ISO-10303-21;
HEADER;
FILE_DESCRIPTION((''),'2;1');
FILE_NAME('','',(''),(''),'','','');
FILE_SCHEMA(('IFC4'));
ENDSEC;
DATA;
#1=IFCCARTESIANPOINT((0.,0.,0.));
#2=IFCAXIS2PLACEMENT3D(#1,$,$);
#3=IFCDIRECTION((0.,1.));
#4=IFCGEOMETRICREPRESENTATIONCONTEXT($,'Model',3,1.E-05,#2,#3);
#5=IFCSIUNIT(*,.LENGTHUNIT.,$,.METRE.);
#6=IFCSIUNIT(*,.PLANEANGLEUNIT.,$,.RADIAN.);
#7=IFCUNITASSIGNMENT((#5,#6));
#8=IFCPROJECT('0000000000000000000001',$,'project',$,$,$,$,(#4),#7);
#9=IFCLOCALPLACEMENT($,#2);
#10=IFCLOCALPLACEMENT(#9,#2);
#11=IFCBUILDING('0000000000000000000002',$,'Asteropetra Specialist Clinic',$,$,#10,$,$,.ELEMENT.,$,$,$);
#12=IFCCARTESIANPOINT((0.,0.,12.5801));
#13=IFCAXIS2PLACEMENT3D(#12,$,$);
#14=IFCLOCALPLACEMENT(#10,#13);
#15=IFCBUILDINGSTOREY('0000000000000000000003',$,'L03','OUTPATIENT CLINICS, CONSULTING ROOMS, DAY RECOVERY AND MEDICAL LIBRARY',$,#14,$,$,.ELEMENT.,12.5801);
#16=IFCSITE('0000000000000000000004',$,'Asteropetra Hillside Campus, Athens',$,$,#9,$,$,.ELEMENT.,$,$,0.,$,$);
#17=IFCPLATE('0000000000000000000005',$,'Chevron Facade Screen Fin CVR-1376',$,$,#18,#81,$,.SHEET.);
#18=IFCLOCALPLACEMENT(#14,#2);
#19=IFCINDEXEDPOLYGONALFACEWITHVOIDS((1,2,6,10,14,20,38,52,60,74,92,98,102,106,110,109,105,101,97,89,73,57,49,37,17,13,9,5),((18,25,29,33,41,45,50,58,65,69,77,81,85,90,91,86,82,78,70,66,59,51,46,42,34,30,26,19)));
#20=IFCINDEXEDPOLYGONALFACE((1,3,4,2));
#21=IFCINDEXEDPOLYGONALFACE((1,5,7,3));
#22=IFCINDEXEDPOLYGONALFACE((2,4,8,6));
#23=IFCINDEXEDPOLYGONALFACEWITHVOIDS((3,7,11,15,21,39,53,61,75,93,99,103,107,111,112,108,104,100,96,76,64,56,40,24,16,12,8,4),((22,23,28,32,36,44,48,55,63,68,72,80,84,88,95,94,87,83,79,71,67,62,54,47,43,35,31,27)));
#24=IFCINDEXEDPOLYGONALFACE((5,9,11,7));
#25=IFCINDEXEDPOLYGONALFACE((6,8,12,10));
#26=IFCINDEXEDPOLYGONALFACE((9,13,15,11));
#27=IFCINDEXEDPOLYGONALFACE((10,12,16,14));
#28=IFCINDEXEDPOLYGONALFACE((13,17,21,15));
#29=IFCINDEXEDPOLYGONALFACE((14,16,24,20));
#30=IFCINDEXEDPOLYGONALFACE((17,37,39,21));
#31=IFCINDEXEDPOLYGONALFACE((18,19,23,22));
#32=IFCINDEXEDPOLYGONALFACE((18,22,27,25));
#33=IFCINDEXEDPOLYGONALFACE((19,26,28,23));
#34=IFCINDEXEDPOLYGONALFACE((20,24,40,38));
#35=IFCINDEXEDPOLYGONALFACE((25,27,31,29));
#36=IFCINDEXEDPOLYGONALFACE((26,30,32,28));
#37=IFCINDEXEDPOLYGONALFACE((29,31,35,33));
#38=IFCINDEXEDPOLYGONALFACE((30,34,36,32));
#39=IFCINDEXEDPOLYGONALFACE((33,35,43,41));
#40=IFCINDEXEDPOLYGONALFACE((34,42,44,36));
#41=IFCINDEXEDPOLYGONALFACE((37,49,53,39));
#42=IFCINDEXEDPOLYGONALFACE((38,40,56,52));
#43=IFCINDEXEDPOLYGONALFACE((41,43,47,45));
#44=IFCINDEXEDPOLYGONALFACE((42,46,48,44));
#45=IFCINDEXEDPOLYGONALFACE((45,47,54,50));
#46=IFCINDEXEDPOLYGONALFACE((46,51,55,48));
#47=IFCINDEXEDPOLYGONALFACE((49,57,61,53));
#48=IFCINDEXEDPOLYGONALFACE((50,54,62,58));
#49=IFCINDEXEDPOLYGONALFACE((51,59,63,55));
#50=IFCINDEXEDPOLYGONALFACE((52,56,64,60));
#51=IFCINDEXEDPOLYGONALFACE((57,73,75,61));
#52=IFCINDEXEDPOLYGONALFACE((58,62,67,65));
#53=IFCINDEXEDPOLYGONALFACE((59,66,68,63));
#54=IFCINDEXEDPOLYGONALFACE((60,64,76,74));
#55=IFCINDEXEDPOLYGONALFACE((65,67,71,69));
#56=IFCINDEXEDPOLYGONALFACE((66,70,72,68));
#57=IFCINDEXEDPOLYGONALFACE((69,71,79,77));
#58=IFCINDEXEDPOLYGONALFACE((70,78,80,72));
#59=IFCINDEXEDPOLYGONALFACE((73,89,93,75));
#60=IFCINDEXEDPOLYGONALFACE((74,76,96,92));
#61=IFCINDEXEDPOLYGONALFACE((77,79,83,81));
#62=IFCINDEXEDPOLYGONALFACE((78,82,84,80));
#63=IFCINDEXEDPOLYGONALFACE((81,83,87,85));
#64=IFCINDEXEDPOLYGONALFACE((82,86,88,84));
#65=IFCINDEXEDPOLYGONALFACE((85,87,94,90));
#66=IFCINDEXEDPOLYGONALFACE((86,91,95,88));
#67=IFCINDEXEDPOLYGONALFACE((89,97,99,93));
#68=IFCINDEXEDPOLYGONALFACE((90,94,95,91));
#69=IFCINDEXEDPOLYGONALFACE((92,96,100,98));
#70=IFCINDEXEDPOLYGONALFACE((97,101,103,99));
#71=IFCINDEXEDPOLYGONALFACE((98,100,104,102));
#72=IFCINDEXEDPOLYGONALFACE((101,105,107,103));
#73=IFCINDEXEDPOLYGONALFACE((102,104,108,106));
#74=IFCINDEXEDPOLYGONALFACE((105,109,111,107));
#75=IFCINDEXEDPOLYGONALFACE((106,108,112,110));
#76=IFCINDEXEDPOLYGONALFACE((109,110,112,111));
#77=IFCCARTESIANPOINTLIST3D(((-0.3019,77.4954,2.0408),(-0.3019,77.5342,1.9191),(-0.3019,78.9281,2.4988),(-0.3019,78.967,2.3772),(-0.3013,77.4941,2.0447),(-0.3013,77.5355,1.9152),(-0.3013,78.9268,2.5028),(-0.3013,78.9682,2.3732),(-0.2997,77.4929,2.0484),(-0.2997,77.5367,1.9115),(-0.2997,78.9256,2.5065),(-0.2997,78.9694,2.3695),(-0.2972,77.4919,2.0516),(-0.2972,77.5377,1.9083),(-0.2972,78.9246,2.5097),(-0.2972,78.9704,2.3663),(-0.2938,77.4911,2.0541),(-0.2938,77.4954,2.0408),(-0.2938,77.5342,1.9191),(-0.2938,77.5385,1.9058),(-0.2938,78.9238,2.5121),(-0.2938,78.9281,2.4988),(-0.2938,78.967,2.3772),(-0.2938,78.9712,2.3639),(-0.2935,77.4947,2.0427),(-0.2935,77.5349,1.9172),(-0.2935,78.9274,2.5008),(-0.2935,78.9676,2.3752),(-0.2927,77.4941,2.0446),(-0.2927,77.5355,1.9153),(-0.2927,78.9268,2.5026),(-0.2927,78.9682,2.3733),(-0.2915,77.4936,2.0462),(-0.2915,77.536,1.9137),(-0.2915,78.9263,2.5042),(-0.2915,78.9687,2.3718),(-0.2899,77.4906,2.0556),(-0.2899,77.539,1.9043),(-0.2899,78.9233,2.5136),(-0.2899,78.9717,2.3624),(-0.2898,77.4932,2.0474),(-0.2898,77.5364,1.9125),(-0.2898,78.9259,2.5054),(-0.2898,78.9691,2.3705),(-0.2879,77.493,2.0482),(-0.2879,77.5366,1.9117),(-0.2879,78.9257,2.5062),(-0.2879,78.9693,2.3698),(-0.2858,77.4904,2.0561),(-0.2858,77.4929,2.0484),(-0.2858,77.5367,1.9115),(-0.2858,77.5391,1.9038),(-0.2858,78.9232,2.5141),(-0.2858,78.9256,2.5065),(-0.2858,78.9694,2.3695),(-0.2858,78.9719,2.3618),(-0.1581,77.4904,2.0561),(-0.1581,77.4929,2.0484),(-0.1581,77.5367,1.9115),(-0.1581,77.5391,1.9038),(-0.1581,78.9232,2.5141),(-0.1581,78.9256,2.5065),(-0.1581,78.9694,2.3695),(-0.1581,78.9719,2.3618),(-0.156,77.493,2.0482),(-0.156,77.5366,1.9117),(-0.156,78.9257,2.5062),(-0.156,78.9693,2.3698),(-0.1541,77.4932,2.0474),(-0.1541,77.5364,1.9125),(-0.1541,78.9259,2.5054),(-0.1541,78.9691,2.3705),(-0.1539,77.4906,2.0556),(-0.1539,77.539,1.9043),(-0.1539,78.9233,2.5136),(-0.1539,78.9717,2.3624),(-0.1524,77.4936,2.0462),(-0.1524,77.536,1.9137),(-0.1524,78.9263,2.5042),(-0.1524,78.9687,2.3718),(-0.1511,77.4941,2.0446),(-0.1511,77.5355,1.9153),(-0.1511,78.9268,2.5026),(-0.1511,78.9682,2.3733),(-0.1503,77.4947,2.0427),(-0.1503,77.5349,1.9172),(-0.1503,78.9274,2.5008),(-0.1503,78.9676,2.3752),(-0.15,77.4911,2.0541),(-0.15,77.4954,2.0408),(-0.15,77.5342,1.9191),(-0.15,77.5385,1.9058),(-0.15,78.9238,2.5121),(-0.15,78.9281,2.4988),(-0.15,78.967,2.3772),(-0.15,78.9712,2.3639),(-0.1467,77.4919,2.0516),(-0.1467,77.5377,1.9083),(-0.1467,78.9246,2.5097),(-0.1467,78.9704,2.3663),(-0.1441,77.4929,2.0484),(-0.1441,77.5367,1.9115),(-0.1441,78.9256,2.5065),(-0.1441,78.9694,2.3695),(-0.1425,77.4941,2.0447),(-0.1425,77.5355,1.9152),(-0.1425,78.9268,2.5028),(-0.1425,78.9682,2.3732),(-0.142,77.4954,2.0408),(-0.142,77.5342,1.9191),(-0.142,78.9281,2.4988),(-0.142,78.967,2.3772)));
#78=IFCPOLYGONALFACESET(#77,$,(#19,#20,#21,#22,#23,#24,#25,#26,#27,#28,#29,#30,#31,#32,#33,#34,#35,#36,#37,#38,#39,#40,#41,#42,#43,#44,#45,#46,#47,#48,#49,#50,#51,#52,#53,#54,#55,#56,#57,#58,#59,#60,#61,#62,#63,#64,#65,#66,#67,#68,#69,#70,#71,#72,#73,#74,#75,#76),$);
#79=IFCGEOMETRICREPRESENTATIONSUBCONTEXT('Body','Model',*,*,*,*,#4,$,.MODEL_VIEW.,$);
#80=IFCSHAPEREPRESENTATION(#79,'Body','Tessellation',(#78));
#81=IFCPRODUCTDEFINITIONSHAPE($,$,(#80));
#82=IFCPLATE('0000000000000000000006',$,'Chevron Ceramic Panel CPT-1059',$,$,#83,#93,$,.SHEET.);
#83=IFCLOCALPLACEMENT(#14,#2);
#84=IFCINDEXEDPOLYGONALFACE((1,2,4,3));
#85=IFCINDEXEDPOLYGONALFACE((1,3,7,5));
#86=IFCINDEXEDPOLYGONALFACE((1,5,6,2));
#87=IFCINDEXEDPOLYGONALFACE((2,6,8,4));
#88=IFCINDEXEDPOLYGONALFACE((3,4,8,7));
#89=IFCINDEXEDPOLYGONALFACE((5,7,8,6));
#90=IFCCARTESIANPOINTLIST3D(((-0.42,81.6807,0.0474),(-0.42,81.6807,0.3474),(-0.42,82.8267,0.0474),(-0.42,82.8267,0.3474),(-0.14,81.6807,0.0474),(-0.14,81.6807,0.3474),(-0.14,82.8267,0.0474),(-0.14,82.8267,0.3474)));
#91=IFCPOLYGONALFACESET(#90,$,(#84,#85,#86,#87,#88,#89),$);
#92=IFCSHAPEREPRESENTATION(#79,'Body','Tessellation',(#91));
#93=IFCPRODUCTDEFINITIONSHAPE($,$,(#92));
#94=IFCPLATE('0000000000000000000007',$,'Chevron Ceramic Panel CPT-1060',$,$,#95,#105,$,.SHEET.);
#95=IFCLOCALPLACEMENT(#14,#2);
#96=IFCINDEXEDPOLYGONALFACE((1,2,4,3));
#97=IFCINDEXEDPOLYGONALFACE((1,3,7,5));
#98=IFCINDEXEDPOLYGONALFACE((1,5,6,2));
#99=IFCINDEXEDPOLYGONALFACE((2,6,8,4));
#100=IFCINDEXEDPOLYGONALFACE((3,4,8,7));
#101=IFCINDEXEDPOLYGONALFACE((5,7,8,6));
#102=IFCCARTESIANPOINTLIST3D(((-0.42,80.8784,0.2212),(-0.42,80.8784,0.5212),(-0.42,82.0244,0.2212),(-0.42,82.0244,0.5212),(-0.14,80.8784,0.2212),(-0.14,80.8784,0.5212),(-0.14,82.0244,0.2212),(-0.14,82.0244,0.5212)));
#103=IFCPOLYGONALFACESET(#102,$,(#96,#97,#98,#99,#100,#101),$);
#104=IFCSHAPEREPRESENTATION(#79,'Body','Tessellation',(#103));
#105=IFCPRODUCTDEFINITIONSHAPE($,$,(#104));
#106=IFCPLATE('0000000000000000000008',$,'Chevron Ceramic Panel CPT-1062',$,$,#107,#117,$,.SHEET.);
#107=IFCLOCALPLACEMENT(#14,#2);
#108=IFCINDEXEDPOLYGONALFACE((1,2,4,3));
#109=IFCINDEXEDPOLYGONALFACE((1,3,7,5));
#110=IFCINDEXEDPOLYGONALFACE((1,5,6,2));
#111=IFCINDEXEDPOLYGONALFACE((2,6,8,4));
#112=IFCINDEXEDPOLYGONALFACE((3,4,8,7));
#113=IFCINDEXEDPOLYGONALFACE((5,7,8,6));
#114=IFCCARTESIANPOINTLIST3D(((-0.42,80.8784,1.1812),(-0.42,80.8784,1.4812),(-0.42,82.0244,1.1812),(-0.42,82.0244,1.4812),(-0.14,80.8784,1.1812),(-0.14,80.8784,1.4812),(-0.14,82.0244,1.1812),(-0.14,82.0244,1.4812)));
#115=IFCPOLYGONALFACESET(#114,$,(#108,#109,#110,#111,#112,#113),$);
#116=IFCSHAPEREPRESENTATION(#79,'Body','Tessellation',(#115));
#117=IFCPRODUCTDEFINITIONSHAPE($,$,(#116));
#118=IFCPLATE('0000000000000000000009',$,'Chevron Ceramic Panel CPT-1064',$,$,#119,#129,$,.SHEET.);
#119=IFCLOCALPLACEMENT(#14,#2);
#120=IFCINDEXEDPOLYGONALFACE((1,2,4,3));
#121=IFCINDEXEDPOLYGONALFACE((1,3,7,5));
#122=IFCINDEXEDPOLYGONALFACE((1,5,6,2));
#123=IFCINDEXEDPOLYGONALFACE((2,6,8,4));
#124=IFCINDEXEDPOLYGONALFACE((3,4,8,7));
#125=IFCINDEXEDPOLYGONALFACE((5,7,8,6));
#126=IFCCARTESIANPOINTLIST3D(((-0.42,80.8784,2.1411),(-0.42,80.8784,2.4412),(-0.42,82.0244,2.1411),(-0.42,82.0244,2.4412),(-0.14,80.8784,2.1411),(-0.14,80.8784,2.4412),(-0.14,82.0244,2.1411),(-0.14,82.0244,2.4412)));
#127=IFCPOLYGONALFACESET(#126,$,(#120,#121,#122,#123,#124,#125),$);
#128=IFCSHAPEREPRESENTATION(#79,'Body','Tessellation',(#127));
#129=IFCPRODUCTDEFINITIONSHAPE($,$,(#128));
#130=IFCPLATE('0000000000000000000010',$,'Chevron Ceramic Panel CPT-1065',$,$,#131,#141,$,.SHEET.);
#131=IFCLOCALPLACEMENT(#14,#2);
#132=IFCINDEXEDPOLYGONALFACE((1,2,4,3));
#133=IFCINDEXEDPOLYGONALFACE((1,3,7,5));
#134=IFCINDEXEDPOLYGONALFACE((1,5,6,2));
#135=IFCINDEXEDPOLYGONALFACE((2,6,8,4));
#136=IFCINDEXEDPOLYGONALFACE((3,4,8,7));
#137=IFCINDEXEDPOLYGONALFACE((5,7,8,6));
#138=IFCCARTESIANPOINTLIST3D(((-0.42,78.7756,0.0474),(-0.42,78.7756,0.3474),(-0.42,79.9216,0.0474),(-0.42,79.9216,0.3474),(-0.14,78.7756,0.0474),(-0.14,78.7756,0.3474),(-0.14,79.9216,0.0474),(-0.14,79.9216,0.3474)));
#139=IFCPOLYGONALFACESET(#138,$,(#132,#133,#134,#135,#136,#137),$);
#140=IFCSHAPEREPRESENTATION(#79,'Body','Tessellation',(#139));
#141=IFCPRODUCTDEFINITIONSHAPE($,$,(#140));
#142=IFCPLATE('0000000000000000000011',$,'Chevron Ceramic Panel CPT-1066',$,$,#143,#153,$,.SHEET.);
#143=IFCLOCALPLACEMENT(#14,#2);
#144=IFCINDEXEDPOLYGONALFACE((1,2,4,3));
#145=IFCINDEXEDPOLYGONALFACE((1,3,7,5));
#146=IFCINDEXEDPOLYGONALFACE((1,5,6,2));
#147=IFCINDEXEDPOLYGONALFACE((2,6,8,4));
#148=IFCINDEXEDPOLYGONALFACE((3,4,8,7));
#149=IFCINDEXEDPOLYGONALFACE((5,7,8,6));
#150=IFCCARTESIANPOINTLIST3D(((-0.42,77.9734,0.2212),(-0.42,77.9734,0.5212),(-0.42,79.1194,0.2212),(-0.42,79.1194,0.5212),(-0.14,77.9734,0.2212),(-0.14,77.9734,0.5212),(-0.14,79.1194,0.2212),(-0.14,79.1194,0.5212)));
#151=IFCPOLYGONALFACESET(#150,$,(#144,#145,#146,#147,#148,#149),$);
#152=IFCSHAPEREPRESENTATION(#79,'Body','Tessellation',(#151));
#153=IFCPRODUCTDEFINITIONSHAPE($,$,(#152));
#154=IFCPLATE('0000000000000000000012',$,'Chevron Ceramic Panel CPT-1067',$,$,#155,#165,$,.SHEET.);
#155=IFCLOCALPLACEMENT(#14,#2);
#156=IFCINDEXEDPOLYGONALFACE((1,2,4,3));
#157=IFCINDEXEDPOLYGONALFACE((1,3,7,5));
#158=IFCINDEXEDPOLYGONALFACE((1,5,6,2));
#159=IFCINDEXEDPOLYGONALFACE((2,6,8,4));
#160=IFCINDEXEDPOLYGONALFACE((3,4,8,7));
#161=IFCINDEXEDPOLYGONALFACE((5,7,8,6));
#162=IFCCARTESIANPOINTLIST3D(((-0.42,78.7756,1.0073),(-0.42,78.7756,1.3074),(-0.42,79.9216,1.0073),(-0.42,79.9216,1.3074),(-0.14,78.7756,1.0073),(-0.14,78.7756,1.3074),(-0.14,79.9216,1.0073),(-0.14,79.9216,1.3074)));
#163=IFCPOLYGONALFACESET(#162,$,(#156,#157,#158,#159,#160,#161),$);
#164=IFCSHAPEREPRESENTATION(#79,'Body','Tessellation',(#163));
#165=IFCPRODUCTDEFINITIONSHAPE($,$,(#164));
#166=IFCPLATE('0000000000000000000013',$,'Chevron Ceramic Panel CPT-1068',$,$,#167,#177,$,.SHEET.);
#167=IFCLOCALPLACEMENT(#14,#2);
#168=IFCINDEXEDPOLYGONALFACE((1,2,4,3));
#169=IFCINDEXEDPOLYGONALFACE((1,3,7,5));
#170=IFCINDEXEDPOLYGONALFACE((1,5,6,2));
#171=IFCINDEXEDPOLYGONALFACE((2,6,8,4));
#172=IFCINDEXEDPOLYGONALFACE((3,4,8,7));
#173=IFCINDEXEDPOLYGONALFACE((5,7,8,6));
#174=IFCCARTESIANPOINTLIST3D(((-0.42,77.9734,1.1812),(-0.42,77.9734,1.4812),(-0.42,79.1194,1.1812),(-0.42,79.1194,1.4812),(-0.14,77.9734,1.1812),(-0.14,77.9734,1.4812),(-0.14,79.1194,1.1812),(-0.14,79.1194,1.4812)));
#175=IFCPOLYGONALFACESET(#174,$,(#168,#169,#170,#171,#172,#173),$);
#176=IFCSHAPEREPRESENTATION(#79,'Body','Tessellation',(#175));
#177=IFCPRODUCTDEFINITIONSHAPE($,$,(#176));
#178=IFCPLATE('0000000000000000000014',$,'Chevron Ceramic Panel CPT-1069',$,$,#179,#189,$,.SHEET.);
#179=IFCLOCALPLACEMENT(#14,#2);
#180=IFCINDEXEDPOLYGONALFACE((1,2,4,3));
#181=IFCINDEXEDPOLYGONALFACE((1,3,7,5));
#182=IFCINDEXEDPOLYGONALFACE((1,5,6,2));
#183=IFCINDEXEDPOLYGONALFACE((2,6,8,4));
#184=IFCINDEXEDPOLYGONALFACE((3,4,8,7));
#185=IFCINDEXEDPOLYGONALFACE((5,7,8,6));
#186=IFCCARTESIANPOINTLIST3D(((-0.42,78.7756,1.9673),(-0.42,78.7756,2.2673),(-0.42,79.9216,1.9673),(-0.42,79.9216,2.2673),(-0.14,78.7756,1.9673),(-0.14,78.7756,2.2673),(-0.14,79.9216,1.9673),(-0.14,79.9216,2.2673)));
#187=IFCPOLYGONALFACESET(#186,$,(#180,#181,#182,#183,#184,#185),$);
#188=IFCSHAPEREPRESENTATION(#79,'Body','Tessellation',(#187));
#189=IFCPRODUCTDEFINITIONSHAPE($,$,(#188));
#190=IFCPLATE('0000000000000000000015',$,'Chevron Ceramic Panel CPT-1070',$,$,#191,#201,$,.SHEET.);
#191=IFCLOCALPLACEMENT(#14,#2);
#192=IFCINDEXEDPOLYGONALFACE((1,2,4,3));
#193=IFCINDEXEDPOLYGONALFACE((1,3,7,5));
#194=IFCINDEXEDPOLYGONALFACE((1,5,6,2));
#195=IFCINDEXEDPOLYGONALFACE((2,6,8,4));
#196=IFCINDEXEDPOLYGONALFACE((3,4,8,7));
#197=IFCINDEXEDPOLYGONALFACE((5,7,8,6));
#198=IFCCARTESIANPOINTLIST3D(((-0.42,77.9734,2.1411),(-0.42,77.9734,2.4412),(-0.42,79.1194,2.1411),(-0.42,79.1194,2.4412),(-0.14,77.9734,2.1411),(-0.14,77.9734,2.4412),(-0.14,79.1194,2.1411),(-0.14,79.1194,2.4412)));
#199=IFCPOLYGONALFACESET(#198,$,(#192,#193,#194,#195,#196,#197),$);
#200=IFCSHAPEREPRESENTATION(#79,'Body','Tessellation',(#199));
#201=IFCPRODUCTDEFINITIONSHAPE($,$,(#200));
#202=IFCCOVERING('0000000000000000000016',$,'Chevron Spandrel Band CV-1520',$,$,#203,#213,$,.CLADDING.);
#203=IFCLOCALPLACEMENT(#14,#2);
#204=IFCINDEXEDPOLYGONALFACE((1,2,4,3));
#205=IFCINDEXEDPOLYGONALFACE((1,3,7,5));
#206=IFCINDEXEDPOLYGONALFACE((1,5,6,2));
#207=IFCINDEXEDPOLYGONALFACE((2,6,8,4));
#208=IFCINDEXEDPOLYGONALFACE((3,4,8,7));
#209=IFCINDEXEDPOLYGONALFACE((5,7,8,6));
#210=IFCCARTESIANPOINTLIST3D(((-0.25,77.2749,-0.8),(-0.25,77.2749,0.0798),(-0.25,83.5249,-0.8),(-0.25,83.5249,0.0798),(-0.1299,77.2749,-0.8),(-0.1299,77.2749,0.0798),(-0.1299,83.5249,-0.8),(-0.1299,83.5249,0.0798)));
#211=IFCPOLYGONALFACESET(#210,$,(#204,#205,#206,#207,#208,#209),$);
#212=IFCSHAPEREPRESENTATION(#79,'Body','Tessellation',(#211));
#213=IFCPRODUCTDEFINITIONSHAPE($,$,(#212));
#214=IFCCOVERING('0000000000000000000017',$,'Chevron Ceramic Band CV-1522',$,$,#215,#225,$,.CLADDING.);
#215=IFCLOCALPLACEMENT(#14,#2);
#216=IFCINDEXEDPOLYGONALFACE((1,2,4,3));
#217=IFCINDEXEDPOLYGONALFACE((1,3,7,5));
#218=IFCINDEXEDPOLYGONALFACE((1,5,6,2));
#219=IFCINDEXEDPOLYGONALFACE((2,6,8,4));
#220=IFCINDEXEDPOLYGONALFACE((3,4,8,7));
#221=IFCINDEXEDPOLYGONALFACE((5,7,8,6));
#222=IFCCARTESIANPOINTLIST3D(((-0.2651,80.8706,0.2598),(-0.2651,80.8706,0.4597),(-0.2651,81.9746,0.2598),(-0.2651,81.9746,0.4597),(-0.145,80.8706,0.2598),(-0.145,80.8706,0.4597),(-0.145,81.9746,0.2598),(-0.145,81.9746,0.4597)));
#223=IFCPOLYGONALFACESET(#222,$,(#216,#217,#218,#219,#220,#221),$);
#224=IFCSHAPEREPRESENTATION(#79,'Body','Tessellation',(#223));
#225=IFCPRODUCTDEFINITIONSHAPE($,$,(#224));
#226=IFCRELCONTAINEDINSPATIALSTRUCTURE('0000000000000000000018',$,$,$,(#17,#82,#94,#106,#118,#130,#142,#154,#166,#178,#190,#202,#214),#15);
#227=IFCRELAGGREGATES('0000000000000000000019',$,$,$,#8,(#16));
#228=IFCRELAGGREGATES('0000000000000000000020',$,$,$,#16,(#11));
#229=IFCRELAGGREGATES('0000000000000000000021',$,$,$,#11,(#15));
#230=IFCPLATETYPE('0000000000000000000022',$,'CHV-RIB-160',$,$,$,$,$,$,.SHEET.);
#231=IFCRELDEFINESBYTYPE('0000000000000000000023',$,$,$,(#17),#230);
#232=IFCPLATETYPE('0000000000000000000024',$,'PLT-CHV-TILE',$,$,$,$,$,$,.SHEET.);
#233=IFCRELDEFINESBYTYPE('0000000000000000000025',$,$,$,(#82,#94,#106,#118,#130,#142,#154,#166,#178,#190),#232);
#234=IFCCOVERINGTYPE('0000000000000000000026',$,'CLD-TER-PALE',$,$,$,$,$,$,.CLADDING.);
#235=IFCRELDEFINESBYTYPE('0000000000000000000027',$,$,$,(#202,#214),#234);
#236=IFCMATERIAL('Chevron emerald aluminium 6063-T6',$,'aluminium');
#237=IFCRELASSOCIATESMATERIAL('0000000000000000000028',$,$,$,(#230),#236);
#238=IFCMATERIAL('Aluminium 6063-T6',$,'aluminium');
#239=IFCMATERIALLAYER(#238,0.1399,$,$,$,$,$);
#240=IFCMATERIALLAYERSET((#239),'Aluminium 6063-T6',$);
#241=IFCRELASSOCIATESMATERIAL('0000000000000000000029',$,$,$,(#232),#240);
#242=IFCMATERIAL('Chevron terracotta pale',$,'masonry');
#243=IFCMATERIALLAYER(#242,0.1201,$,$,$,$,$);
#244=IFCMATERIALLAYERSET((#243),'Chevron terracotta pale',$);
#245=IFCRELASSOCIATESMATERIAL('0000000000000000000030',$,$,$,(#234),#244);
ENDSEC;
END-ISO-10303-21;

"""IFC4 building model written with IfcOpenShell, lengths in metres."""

from ifc_helpers import new_model, si_unit, direction, frame, origin, origin_2d, place, context, subcontext, project, spatial, rectangle, hollow_rectangle, extrude, material, layer, layer_set, material_profile, profile_set, type_object, element, save


model = new_model("IFC4")

# Units and contexts
model_context = context("Model", 3, precision=1e-05, world=origin(), true_north=direction((0.0, 1.0)))
body_context = subcontext(model_context, "Body", "Model", "MODEL_VIEW")
ifc_project = project(units=[si_unit("LENGTHUNIT", "METRE"), si_unit("PLANEANGLEUNIT", "RADIAN")], contexts=[model_context])

# Site, building, storey
site_placement = place(None, origin())
site = spatial("IfcSite", under=ifc_project, at=site_placement, Name="Asteropetra Hillside Campus, Athens", CompositionType="ELEMENT", RefElevation=0.0)
building_placement = place(site_placement, origin())
building = spatial("IfcBuilding", under=site, at=building_placement, Name="Asteropetra Specialist Clinic", CompositionType="ELEMENT")
storey_placement = place(building_placement, frame((0.0, 0.0, 12.5801)))
storey = spatial("IfcBuildingStorey", under=building, at=storey_placement, Name="L03", Description="OUTPATIENT CLINICS, CONSULTING ROOMS, DAY RECOVERY AND MEDICAL LIBRARY", CompositionType="ELEMENT", Elevation=12.5801)

# Plates
ifc_material_1 = material(Name="Chevron emerald aluminium 6063-T6", Category="aluminium")
ifc_material_profile_1 = material_profile(ifc_material_1, hollow_rectangle(XDim=0.1599, YDim=0.1599, WallThickness=0.0081, InnerFilletRadius=0.0081, OuterFilletRadius=0.0161, at=origin_2d()), Name="SHS 160x160x8.0")
ifc_profile_set_1 = profile_set([ifc_material_profile_1], Name="Chevron emerald aluminium 6063-T6")
plate_type_1 = type_object("IfcPlateType", Name="CHV-RIB-160", PredefinedType="SHEET", material=ifc_profile_set_1)
plate_1_placement = place(storey_placement, frame((-0.2219, 78.9475, 2.438), z_axis=(0.0, -0.952507, -0.304517), x_axis=(1.0, 0.0, 0.0)))
element("IfcPlate", 1, at=plate_1_placement, inside=storey, type_object=plate_type_1, Name="Chevron Facade Screen Fin CVR-1376", PredefinedType="SHEET", context=body_context, shape_type="SweptSolid", body=[
    extrude(hollow_rectangle(XDim=0.1599, YDim=0.1599, WallThickness=0.0081, InnerFilletRadius=0.0081, OuterFilletRadius=0.0161, at=origin_2d()), origin(), (0.0, 0.0, 1.0), 1.5042),
])
ifc_material_2 = material(Name="Aluminium 6063-T6", Category="aluminium")
ifc_layer_1 = layer(ifc_material_2, 0.1399)
ifc_layer_set_1 = layer_set([ifc_layer_1], Name="Aluminium 6063-T6")
plate_type_2 = type_object("IfcPlateType", Name="PLT-CHV-TILE", PredefinedType="SHEET", material=ifc_layer_set_1)
for number, where, z_axis, x_axis, name in (
    (2, (-0.28, 82.2537, 0.0474), (0.0, 0.0, 1.0), (1.0, 0.0, 0.0), "Chevron Ceramic Panel CPT-1059"),
    (3, (-0.28, 81.4514, 0.2212), (0.0, 0.0, 1.0), (1.0, 0.0, 0.0), "Chevron Ceramic Panel CPT-1060"),
    (4, (-0.28, 81.4514, 1.1812), (0.0, 0.0, 1.0), (1.0, 0.0, 0.0), "Chevron Ceramic Panel CPT-1062"),
    (5, (-0.28, 81.4514, 2.1411), (0.0, 0.0, 1.0), (1.0, 0.0, 0.0), "Chevron Ceramic Panel CPT-1064"),
    (6, (-0.28, 79.3486, 0.0474), (0.0, 0.0, 1.0), (1.0, 0.0, 0.0), "Chevron Ceramic Panel CPT-1065"),
    (7, (-0.28, 78.5464, 0.2212), (0.0, 0.0, 1.0), (1.0, 0.0, 0.0), "Chevron Ceramic Panel CPT-1066"),
    (8, (-0.28, 79.3486, 1.0073), (0.0, 0.0, 1.0), (1.0, 0.0, 0.0), "Chevron Ceramic Panel CPT-1067"),
    (9, (-0.28, 78.5464, 1.1812), (0.0, 0.0, 1.0), (1.0, 0.0, 0.0), "Chevron Ceramic Panel CPT-1068"),
    (10, (-0.28, 79.3486, 1.9673), (0.0, 0.0, 1.0), (1.0, 0.0, 0.0), "Chevron Ceramic Panel CPT-1069"),
    (11, (-0.28, 78.5464, 2.1411), (0.0, 0.0, 1.0), (1.0, 0.0, 0.0), "Chevron Ceramic Panel CPT-1070"),
):
    element("IfcPlate", number, at=place(storey_placement, frame(where, z_axis=z_axis, x_axis=x_axis)), inside=storey, type_object=plate_type_2, Name=name, PredefinedType="SHEET", context=body_context, shape_type="SweptSolid", body=[
        extrude(rectangle(XDim=0.28, YDim=1.146, at=origin_2d()), origin(), (0.0, 0.0, 1.0), 0.3),
    ])

# Coverings
ifc_material_3 = material(Name="Chevron terracotta pale", Category="masonry")
ifc_layer_2 = layer(ifc_material_3, 0.1201)
ifc_layer_set_2 = layer_set([ifc_layer_2], Name="Chevron terracotta pale")
covering_type_1 = type_object("IfcCoveringType", Name="CLD-TER-PALE", PredefinedType="CLADDING", material=ifc_layer_set_2)
covering_1_placement = place(storey_placement, frame((-0.1899, 80.3999, -0.8), z_axis=(0.0, 0.0, 1.0), x_axis=(1.0, 0.0, 0.0)))
element("IfcCovering", 12, at=covering_1_placement, inside=storey, type_object=covering_type_1, Name="Chevron Spandrel Band CV-1520", PredefinedType="CLADDING", context=body_context, shape_type="SweptSolid", body=[
    extrude(rectangle(XDim=0.1201, YDim=6.25, at=origin_2d()), origin(), (0.0, 0.0, 1.0), 0.8799),
])
for number, where, z_axis, x_axis, name in (
    (13, (-0.2051, 81.4226, 0.2598), (0.0, 0.0, 1.0), (1.0, 0.0, 0.0), "Chevron Ceramic Band CV-1522"),
):
    element("IfcCovering", number, at=place(storey_placement, frame(where, z_axis=z_axis, x_axis=x_axis)), inside=storey, type_object=covering_type_1, Name=name, PredefinedType="CLADDING", context=body_context, shape_type="SweptSolid", body=[
        extrude(rectangle(XDim=0.1201, YDim=1.104, at=origin_2d()), origin(), (0.0, 0.0, 1.0), 0.2),
    ])

save(model, "model.ifc")
